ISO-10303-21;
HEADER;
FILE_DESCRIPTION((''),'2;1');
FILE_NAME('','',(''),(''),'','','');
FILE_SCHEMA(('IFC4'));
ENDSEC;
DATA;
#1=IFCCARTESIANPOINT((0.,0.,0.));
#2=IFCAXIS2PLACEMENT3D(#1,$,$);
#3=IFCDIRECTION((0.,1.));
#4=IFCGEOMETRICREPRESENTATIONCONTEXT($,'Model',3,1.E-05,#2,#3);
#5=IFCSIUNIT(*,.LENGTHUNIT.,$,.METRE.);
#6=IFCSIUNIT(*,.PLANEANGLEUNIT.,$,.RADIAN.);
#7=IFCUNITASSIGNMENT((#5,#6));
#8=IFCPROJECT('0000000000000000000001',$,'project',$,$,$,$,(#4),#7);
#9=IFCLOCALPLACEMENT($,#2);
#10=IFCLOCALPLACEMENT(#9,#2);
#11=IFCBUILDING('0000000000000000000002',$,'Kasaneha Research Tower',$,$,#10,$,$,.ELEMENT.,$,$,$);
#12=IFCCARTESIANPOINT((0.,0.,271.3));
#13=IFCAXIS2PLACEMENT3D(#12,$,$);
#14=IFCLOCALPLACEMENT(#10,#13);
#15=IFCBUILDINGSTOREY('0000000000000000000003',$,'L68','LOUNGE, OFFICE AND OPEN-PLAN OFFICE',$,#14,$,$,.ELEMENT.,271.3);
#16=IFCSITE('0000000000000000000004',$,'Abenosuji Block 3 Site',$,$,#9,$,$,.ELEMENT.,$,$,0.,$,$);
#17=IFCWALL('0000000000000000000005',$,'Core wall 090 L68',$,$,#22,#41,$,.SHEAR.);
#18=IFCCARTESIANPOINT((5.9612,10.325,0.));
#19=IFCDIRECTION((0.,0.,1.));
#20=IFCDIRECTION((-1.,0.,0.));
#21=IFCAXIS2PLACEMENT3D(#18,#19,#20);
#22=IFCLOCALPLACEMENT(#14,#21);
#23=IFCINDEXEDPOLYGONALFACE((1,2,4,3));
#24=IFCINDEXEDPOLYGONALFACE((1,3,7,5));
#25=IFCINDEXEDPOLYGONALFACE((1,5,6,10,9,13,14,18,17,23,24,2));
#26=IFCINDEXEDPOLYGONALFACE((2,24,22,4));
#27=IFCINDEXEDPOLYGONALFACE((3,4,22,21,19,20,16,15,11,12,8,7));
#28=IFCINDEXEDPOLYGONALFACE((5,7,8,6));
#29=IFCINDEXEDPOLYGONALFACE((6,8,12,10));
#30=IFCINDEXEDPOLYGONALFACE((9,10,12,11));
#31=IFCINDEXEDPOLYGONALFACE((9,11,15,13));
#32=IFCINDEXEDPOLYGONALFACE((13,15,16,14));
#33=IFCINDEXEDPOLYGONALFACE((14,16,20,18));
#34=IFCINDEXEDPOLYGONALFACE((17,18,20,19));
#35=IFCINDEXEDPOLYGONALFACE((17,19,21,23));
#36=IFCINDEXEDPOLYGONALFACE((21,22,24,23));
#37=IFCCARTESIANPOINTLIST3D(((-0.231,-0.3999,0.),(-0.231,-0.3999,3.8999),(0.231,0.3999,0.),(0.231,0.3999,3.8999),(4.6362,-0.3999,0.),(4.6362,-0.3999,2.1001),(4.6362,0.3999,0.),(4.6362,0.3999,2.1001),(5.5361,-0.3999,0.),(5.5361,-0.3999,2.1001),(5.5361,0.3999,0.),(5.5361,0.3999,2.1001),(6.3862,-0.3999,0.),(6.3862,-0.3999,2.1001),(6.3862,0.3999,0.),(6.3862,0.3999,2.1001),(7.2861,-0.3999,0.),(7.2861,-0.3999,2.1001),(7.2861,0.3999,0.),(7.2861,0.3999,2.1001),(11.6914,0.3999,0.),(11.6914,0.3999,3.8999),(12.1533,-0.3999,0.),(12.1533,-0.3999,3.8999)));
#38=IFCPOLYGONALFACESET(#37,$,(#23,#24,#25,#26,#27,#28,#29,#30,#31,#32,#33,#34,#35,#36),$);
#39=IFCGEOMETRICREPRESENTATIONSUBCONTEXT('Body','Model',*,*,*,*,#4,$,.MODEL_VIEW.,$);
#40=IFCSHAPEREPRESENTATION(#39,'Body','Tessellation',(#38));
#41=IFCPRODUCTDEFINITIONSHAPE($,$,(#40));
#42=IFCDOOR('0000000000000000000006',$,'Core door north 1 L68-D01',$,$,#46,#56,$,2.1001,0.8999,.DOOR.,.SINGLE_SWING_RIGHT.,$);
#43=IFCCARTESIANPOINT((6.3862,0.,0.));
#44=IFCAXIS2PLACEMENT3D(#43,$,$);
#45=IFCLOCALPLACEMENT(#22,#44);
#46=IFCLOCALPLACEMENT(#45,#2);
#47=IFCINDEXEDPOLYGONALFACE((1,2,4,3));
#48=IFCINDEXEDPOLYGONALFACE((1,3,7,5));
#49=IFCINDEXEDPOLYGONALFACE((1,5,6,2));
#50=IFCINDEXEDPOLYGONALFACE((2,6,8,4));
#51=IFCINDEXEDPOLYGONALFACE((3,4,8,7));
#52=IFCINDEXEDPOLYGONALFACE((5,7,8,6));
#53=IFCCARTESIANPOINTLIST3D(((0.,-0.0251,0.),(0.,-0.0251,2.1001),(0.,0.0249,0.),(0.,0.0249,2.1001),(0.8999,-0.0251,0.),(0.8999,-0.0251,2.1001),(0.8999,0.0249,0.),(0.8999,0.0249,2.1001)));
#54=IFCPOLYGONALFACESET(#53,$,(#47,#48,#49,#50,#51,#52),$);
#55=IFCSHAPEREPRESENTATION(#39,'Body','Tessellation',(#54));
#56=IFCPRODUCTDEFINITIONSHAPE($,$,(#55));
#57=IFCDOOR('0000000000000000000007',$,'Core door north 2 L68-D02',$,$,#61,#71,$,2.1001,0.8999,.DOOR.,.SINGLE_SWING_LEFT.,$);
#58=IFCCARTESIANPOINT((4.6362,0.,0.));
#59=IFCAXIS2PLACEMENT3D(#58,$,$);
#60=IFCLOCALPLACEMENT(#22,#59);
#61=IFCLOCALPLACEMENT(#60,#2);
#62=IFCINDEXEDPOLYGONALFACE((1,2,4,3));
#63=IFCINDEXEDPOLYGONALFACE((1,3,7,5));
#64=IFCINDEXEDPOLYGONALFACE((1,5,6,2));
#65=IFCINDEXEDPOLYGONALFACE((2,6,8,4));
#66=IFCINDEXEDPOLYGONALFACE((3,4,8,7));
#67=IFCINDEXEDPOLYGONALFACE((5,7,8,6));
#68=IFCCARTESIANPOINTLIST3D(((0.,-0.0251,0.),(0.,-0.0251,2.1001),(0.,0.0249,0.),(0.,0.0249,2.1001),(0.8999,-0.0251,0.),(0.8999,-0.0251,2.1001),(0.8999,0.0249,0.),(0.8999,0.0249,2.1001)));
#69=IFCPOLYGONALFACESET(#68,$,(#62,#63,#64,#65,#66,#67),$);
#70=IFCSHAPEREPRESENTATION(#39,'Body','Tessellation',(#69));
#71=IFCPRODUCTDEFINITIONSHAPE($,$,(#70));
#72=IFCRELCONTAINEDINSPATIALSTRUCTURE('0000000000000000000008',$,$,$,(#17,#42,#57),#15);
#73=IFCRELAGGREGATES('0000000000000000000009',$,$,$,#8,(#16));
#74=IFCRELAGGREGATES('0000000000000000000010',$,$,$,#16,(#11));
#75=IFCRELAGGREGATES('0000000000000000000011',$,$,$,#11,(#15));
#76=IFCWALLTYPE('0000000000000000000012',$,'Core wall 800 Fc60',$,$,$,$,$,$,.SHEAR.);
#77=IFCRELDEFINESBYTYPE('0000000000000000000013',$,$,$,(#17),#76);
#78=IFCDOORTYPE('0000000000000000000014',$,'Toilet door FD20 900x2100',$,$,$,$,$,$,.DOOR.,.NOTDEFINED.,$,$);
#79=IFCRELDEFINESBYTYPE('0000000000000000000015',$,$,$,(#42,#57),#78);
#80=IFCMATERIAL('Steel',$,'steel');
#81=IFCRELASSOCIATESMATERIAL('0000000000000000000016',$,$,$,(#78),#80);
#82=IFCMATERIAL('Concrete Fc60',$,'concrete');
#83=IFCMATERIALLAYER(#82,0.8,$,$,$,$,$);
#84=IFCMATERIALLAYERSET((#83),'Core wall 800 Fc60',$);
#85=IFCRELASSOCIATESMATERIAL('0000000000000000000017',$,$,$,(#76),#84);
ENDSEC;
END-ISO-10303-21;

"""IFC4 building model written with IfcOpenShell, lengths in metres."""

from ifc_helpers import new_model, si_unit, direction, frame, frame_2d, origin, place, context, subcontext, project, spatial, polyline, rectangle, outline, extrude, material, layer, layer_set, type_object, element, fill, save


model = new_model("IFC4")

# Units and contexts
model_context = context("Model", 3, precision=1e-05, world=origin(), true_north=direction((0.0, 1.0)))
body_context = subcontext(model_context, "Body", "Model", "MODEL_VIEW")
ifc_project = project(units=[si_unit("LENGTHUNIT", "METRE"), si_unit("PLANEANGLEUNIT", "RADIAN")], contexts=[model_context])

# Site, building, storey
site_placement = place(None, origin())
site = spatial("IfcSite", under=ifc_project, at=site_placement, Name="Abenosuji Block 3 Site", CompositionType="ELEMENT", RefElevation=0.0)
building_placement = place(site_placement, origin())
building = spatial("IfcBuilding", under=site, at=building_placement, Name="Kasaneha Research Tower", CompositionType="ELEMENT")
storey_placement = place(building_placement, frame((0.0, 0.0, 271.3)))
storey = spatial("IfcBuildingStorey", under=building, at=storey_placement, Name="L68", Description="LOUNGE, OFFICE AND OPEN-PLAN OFFICE", CompositionType="ELEMENT", Elevation=271.3)

# Shared definitions
ifc_material_1 = material(Name="Steel", Category="steel")
door_type_1 = type_object("IfcDoorType", Name="Toilet door FD20 900x2100", OperationType="NOTDEFINED", PredefinedType="DOOR", material=ifc_material_1)

# Wall, openings, doors
ifc_material_2 = material(Name="Concrete Fc60", Category="concrete")
ifc_layer_1 = layer(ifc_material_2, 0.8)
ifc_layer_set_1 = layer_set([ifc_layer_1], Name="Core wall 800 Fc60")
wall_type_1 = type_object("IfcWallType", Name="Core wall 800 Fc60", PredefinedType="SHEAR", material=ifc_layer_set_1)
wall_1_placement = place(storey_placement, frame((5.9612, 10.325, 0.0), z_axis=(0.0, 0.0, 1.0), x_axis=(-1.0, 0.0, 0.0)))
wall_1 = element("IfcWall", 1, at=wall_1_placement, inside=storey, type_object=wall_type_1, Name="Core wall 090 L68", PredefinedType="SHEAR", context=body_context, shape_type="SweptSolid", body=[
    extrude(outline(polyline([(-0.231, -0.3999), (4.6362, -0.3999), (5.5361, -0.3999), (6.3862, -0.3999), (7.2861, -0.3999), (12.1533, -0.3999), (11.6914, 0.3999), (7.2861, 0.3999), (6.3862, 0.3999), (5.5361, 0.3999), (4.6362, 0.3999), (0.231, 0.3999), (-0.231, -0.3999)])), origin(), (0.0, 0.0, 1.0), 3.8999),
])
opening_1_placement = place(wall_1_placement, frame((6.3862, 0.0, 0.0)))
opening_1 = element("IfcOpeningElement", 2, at=opening_1_placement, cuts=wall_1, PredefinedType="OPENING", context=body_context, shape_type="SweptSolid", body=[
    extrude(rectangle(XDim=0.8999, YDim=2.1001, at=frame_2d((0.45, 1.05))), frame((0.0, 0.4102, 0.0), z_axis=(0.0, -1.0, 0.0), x_axis=(1.0, 0.0, 0.0)), (0.0, 0.0, 1.0), 0.8201),
])
opening_2_placement = place(wall_1_placement, frame((4.6362, 0.0, 0.0)))
opening_2 = element("IfcOpeningElement", 3, at=opening_2_placement, cuts=wall_1, PredefinedType="OPENING", context=body_context, shape_type="SweptSolid", body=[
    extrude(rectangle(XDim=0.8999, YDim=2.1001, at=frame_2d((0.45, 1.05))), frame((0.0, 0.4102, 0.0), z_axis=(0.0, -1.0, 0.0), x_axis=(1.0, 0.0, 0.0)), (0.0, 0.0, 1.0), 0.8201),
])
door_1_placement = place(opening_1_placement, origin())
door_1 = element("IfcDoor", 4, at=door_1_placement, inside=storey, type_object=door_type_1, Name="Core door north 1 L68-D01", OperationType="SINGLE_SWING_RIGHT", OverallHeight=2.1001, OverallWidth=0.8999, PredefinedType="DOOR", context=body_context, shape_type="SweptSolid", body=[
    extrude(rectangle(XDim=0.8999, YDim=2.1001, at=frame_2d((0.45, 1.05))), frame((0.0, 0.0249, 0.0), z_axis=(0.0, -1.0, 0.0), x_axis=(1.0, 0.0, 0.0)), (0.0, 0.0, 1.0), 0.05),
])
fill(opening_1, door_1)
door_2_placement = place(opening_2_placement, origin())
door_2 = element("IfcDoor", 5, at=door_2_placement, inside=storey, type_object=door_type_1, Name="Core door north 2 L68-D02", OperationType="SINGLE_SWING_LEFT", OverallHeight=2.1001, OverallWidth=0.8999, PredefinedType="DOOR", context=body_context, shape_type="SweptSolid", body=[
    extrude(rectangle(XDim=0.8999, YDim=2.1001, at=frame_2d((0.45, 1.05))), frame((0.0, 0.0249, 0.0), z_axis=(0.0, -1.0, 0.0), x_axis=(1.0, 0.0, 0.0)), (0.0, 0.0, 1.0), 0.05),
])
fill(opening_2, door_2)

save(model, "model.ifc")
